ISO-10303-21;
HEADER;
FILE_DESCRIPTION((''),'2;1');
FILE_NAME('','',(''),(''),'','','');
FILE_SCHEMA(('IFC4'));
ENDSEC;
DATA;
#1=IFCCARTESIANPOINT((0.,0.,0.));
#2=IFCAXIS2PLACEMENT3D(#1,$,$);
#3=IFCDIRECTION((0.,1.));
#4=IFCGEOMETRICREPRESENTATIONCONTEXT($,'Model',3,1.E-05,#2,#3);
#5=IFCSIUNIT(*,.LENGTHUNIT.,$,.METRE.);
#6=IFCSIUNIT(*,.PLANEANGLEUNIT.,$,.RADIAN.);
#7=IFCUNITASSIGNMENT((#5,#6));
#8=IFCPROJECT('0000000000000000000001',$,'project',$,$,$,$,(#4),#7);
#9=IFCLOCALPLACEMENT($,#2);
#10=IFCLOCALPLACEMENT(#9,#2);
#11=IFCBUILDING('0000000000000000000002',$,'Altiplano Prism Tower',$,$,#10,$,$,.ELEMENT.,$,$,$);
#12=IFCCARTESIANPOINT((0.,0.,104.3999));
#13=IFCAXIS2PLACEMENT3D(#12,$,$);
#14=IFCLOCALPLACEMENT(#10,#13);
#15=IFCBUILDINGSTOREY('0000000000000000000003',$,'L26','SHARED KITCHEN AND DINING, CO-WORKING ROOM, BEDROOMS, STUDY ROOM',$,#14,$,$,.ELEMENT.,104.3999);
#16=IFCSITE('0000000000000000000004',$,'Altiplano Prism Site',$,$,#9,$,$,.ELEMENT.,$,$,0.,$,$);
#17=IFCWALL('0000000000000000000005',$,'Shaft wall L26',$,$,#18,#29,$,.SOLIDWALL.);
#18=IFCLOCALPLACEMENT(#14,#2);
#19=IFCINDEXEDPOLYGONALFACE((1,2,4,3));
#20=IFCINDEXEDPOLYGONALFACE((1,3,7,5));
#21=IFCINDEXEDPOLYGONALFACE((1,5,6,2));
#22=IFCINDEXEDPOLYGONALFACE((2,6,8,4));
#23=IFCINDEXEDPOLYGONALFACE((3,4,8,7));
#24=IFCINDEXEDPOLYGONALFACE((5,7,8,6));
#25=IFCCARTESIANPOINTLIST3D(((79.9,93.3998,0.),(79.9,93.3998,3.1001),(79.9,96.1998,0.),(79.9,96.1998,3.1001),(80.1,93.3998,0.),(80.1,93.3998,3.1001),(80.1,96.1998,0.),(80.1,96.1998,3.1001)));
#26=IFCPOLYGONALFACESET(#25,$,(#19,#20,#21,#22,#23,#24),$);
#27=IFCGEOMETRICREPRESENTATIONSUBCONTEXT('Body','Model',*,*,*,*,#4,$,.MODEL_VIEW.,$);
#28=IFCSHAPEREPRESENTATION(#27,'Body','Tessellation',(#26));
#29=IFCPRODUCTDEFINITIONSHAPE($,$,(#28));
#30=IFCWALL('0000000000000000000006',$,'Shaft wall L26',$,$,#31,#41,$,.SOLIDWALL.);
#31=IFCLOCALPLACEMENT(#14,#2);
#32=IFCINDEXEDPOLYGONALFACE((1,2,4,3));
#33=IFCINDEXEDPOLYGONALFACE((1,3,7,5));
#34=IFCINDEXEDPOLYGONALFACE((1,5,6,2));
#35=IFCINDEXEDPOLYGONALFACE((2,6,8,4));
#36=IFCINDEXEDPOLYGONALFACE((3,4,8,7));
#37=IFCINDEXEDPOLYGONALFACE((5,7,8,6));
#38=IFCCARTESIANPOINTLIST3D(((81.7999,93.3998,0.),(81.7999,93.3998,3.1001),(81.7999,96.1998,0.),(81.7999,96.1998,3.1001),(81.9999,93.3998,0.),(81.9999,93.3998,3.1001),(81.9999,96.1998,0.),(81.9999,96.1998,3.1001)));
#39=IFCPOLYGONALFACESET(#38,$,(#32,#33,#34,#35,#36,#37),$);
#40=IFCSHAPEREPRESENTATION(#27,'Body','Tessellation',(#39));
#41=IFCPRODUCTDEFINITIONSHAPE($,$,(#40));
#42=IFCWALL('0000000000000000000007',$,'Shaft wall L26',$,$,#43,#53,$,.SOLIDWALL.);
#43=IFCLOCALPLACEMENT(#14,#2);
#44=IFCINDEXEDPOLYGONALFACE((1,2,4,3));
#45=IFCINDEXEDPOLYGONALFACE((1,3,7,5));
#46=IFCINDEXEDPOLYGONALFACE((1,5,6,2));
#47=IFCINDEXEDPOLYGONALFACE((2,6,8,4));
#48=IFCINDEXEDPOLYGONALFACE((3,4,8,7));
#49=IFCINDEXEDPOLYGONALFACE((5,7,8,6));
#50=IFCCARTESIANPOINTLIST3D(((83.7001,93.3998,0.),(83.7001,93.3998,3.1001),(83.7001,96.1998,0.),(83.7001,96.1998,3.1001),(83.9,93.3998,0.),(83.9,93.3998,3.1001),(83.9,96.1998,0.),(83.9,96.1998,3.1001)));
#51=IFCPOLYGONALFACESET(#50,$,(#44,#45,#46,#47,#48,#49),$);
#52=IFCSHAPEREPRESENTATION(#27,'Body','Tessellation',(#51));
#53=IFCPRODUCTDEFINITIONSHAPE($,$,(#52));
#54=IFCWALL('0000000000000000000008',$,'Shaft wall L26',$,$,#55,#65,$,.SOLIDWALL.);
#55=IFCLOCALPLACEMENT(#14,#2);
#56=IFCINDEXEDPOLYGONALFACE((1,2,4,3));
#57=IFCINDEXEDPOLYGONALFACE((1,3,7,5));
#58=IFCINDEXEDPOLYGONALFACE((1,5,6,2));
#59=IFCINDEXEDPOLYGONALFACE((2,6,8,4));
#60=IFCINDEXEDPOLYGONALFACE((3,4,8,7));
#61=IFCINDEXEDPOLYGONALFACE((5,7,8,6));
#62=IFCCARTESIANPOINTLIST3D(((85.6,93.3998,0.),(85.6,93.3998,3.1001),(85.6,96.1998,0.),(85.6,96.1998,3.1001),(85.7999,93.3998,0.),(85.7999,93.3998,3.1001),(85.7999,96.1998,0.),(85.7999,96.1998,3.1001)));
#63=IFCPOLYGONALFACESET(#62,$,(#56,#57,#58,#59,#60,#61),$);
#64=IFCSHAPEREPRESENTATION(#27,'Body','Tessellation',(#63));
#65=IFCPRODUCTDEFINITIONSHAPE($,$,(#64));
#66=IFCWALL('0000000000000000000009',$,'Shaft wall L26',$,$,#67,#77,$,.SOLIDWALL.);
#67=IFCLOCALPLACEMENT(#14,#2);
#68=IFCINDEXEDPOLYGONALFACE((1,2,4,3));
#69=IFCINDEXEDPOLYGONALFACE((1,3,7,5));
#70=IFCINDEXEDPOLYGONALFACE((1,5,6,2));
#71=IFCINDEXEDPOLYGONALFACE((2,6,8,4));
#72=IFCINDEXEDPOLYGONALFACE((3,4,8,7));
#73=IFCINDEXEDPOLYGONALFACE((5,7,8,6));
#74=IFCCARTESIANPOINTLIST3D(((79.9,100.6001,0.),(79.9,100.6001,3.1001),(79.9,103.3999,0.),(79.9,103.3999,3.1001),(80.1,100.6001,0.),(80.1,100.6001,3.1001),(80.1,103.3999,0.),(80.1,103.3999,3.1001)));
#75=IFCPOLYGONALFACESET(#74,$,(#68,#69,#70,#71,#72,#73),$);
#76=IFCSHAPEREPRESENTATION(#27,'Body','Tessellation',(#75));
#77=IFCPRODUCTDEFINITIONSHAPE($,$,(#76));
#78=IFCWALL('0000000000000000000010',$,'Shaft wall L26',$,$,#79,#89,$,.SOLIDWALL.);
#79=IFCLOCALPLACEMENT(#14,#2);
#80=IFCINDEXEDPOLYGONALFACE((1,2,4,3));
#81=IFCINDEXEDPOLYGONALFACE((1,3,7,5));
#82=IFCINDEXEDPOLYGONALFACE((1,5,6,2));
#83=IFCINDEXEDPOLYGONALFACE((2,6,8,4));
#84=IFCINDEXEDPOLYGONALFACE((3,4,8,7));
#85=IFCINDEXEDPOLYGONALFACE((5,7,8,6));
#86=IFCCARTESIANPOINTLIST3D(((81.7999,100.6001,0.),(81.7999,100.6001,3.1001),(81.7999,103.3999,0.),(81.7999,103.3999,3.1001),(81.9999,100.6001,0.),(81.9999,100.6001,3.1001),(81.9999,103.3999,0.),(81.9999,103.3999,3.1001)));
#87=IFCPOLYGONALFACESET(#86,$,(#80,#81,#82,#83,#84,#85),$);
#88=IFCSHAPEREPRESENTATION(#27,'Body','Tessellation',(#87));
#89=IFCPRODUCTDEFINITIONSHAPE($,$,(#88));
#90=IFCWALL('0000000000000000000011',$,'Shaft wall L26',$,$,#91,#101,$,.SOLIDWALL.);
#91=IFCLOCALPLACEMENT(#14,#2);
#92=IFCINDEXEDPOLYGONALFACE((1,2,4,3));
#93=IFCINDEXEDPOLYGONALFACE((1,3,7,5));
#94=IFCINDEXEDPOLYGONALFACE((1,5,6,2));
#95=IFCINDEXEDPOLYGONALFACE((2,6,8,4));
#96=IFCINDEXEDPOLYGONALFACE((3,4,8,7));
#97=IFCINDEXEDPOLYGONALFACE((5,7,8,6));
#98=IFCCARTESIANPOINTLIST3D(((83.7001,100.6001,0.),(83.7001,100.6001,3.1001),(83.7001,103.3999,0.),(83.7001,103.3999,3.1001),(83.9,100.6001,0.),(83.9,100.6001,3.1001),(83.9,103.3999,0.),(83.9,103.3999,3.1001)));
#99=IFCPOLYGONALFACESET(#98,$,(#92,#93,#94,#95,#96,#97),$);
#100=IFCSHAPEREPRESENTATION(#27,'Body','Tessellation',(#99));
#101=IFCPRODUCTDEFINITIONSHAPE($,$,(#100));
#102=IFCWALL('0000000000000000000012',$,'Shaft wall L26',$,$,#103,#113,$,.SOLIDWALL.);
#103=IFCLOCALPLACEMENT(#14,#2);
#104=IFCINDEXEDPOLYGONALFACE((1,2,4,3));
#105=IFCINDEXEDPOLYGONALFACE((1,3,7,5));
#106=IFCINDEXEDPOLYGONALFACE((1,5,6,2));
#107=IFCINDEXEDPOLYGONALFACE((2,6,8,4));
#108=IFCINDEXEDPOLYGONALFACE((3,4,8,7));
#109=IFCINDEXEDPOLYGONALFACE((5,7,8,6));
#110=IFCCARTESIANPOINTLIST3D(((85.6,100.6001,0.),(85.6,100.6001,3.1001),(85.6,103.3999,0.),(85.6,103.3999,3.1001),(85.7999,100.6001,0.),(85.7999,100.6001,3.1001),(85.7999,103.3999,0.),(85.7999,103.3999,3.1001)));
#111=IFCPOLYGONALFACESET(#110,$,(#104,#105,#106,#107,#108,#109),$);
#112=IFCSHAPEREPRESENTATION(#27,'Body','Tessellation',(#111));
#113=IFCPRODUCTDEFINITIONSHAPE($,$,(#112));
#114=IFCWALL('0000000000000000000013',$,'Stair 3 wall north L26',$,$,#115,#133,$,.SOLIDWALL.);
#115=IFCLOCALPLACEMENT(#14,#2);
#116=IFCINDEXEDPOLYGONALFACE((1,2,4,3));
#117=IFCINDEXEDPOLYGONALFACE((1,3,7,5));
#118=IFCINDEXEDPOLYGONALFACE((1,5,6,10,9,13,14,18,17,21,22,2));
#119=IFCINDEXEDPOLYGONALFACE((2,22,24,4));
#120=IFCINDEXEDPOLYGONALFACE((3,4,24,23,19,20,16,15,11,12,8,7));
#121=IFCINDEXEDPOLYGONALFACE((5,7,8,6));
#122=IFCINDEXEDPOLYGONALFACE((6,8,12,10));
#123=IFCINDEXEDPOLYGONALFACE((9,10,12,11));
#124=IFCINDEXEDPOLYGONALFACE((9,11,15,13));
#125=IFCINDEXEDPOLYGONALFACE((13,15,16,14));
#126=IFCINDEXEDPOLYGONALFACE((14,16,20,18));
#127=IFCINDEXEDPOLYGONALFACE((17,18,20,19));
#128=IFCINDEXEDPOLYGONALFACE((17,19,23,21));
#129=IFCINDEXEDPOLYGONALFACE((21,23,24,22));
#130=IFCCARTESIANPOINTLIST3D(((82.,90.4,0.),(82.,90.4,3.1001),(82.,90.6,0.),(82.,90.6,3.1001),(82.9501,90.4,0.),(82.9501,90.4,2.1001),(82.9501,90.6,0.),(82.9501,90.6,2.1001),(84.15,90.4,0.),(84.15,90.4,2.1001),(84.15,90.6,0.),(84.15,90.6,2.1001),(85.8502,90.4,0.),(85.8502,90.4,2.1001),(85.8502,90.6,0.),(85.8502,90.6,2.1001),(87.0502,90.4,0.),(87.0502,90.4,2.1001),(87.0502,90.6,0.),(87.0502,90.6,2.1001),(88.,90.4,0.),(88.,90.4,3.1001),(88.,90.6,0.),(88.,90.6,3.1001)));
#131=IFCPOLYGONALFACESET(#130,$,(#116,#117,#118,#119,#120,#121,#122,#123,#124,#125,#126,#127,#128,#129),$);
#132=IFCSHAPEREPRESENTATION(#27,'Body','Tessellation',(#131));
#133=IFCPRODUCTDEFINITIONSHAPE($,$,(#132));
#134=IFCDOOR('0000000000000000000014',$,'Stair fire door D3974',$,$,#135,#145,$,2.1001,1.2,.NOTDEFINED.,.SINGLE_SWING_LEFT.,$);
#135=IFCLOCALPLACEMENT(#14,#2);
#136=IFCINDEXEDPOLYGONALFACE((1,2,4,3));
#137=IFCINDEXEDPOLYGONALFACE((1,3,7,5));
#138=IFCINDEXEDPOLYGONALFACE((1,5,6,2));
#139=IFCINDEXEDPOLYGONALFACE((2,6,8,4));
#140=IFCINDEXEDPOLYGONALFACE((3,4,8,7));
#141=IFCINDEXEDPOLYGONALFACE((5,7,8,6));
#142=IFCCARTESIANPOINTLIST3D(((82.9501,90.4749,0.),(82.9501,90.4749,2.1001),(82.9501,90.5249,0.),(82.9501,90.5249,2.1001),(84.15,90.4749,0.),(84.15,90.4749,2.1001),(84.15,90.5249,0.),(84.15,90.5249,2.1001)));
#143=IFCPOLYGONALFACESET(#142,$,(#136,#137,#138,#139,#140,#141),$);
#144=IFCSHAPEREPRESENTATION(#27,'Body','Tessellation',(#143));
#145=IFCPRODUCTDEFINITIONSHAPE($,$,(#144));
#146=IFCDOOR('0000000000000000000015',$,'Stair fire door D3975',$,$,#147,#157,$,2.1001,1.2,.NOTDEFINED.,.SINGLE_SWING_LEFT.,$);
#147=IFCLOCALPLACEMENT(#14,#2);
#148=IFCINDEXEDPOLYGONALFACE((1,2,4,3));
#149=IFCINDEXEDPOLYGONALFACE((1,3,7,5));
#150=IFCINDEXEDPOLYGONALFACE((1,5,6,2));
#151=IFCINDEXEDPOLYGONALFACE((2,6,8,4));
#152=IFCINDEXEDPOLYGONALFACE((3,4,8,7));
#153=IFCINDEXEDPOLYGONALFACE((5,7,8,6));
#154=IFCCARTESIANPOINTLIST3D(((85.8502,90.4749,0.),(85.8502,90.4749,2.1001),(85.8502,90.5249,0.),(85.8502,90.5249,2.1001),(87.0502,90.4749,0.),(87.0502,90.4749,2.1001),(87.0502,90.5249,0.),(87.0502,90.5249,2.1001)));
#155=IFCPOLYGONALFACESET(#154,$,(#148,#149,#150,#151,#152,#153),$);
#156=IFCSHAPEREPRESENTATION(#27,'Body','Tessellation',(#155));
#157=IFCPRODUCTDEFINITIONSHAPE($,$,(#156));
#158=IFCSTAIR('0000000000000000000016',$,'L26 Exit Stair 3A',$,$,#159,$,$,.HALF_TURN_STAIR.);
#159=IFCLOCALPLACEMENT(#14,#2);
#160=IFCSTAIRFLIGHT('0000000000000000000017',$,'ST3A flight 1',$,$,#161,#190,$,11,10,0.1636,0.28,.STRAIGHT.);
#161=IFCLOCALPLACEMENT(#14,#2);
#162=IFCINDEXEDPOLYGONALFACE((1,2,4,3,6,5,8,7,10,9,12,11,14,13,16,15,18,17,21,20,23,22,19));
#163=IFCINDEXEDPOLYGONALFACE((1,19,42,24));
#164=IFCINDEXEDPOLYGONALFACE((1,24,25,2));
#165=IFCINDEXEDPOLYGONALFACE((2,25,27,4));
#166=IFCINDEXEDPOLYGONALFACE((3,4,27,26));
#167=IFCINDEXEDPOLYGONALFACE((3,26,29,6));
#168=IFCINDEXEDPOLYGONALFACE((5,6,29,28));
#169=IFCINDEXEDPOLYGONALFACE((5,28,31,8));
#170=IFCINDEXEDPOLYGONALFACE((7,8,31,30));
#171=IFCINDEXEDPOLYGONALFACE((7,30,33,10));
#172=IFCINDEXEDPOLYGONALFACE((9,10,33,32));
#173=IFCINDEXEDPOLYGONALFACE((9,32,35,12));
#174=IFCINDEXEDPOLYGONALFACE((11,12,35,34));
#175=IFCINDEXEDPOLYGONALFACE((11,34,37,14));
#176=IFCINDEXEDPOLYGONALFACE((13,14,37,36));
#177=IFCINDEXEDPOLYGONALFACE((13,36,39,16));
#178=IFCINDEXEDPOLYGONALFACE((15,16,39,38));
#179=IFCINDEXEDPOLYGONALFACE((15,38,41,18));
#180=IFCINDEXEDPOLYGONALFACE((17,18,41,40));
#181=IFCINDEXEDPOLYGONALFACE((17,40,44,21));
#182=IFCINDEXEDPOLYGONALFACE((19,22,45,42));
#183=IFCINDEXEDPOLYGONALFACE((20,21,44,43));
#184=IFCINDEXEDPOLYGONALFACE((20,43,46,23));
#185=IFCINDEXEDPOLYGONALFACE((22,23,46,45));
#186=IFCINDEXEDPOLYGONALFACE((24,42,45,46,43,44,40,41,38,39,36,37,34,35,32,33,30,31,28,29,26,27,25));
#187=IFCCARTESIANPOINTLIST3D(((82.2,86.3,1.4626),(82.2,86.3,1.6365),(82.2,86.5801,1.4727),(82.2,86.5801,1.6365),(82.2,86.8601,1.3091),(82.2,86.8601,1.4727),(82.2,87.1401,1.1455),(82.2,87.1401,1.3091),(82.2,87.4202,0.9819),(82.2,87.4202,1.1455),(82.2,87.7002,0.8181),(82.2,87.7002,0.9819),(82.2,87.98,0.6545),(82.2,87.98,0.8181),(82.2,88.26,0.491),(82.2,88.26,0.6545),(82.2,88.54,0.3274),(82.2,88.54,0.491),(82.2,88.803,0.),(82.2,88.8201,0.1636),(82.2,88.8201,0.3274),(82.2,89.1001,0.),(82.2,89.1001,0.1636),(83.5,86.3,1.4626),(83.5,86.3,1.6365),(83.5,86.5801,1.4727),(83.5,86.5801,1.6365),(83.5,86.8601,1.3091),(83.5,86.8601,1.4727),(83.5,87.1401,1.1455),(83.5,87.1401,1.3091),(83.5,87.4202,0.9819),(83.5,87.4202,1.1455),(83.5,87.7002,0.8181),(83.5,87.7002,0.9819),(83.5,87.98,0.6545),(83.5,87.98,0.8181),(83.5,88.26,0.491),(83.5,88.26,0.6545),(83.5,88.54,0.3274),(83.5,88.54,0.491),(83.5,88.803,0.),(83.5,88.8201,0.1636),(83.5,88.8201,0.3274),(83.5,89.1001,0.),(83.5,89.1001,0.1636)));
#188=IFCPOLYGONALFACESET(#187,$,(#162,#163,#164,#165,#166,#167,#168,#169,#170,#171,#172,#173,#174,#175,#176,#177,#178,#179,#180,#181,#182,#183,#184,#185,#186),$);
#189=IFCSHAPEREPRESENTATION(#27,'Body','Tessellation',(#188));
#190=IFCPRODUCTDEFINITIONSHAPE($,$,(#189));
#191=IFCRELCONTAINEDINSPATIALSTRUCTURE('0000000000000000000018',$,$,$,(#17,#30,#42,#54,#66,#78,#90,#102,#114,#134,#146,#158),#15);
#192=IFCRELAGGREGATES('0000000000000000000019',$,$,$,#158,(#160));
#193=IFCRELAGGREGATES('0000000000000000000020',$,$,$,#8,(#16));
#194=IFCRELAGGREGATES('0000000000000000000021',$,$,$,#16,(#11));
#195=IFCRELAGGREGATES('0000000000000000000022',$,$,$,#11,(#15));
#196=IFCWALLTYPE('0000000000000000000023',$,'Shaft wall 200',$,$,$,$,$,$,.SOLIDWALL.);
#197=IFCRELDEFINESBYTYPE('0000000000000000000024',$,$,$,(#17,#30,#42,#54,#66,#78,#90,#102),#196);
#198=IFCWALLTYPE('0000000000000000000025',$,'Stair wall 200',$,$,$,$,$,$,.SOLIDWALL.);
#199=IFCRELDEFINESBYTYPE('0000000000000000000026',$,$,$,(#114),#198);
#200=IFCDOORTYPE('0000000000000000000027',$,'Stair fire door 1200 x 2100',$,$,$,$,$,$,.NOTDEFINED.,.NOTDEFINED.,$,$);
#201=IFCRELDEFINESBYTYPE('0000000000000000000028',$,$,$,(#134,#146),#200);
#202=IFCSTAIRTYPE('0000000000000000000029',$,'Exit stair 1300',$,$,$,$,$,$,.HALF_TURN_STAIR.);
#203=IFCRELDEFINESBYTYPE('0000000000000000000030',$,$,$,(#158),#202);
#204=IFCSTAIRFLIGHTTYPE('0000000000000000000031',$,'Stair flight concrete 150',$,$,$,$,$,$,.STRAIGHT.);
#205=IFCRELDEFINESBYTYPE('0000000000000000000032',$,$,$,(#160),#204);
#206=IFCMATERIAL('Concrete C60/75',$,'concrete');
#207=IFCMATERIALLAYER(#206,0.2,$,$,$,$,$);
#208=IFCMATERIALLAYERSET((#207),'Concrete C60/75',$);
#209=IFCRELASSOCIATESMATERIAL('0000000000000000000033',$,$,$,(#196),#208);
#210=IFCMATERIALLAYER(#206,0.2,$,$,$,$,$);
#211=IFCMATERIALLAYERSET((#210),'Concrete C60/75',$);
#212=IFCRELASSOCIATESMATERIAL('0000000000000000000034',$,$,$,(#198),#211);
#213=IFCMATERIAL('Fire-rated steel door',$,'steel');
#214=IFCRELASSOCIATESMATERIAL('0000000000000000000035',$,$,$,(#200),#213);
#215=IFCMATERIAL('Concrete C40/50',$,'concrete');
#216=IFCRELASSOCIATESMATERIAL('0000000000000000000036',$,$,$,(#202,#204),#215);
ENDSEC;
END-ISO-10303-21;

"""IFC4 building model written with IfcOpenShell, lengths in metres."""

from ifc_helpers import new_model, si_unit, direction, frame, frame_2d, origin, place, context, subcontext, project, spatial, polyline, rectangle, outline, extrude, material, layer, layer_set, type_object, element, fill, aggregate, save


model = new_model("IFC4")

# Units and contexts
model_context = context("Model", 3, precision=1e-05, world=origin(), true_north=direction((0.0, 1.0)))
body_context = subcontext(model_context, "Body", "Model", "MODEL_VIEW")
ifc_project = project(units=[si_unit("LENGTHUNIT", "METRE"), si_unit("PLANEANGLEUNIT", "RADIAN")], contexts=[model_context])

# Site, building, storey
site_placement = place(None, origin())
site = spatial("IfcSite", under=ifc_project, at=site_placement, Name="Altiplano Prism Site", CompositionType="ELEMENT", RefElevation=0.0)
building_placement = place(site_placement, origin())
building = spatial("IfcBuilding", under=site, at=building_placement, Name="Altiplano Prism Tower", CompositionType="ELEMENT")
storey_placement = place(building_placement, frame((0.0, 0.0, 104.3999)))
storey = spatial("IfcBuildingStorey", under=building, at=storey_placement, Name="L26", Description="SHARED KITCHEN AND DINING, CO-WORKING ROOM, BEDROOMS, STUDY ROOM", CompositionType="ELEMENT", Elevation=104.3999)

# Walls
ifc_material_1 = material(Name="Concrete C60/75", Category="concrete")
ifc_layer_1 = layer(ifc_material_1, 0.2)
ifc_layer_set_1 = layer_set([ifc_layer_1], Name="Concrete C60/75")
wall_type_1 = type_object("IfcWallType", Name="Shaft wall 200", PredefinedType="SOLIDWALL", material=ifc_layer_set_1)
for number, where, z_axis, x_axis, name in (
    (1, (80.0, 93.3999, 0.0), (0.0, 0.0, 1.0), (0.0, 1.0, 0.0), "Shaft wall L26"),
    (2, (81.8999, 93.3999, 0.0), (0.0, 0.0, 1.0), (0.0, 1.0, 0.0), "Shaft wall L26"),
    (3, (83.8, 93.3999, 0.0), (0.0, 0.0, 1.0), (0.0, 1.0, 0.0), "Shaft wall L26"),
    (4, (85.7, 93.3999, 0.0), (0.0, 0.0, 1.0), (0.0, 1.0, 0.0), "Shaft wall L26"),
):
    element("IfcWall", number, at=place(storey_placement, frame(where, z_axis=z_axis, x_axis=x_axis)), inside=storey, type_object=wall_type_1, Name=name, PredefinedType="SOLIDWALL", context=body_context, shape_type="SweptSolid", body=[
        extrude(rectangle(XDim=2.8, YDim=0.2, at=frame_2d((1.3999, 0.0))), origin(), (0.0, 0.0, 1.0), 3.1001),
    ])
for number, where, z_axis, x_axis, name in (
    (5, (80.0, 100.6001, 0.0), (0.0, 0.0, 1.0), (0.0, 1.0, 0.0), "Shaft wall L26"),
    (6, (81.8999, 100.6001, 0.0), (0.0, 0.0, 1.0), (0.0, 1.0, 0.0), "Shaft wall L26"),
    (7, (83.8, 100.6001, 0.0), (0.0, 0.0, 1.0), (0.0, 1.0, 0.0), "Shaft wall L26"),
    (8, (85.7, 100.6001, 0.0), (0.0, 0.0, 1.0), (0.0, 1.0, 0.0), "Shaft wall L26"),
):
    element("IfcWall", number, at=place(storey_placement, frame(where, z_axis=z_axis, x_axis=x_axis)), inside=storey, type_object=wall_type_1, Name=name, PredefinedType="SOLIDWALL", context=body_context, shape_type="SweptSolid", body=[
        extrude(rectangle(XDim=2.7998, YDim=0.2, at=frame_2d((1.3999, 0.0))), origin(), (0.0, 0.0, 1.0), 3.1001),
    ])

# Wall, openings, doors
ifc_layer_2 = layer(ifc_material_1, 0.2)
ifc_layer_set_2 = layer_set([ifc_layer_2], Name="Concrete C60/75")
wall_type_2 = type_object("IfcWallType", Name="Stair wall 200", PredefinedType="SOLIDWALL", material=ifc_layer_set_2)
wall_placement = place(storey_placement, frame((82.0, 90.5, 0.0), z_axis=(0.0, 0.0, 1.0), x_axis=(1.0, 0.0, 0.0)))
wall = element("IfcWall", 9, at=wall_placement, inside=storey, type_object=wall_type_2, Name="Stair 3 wall north L26", PredefinedType="SOLIDWALL", context=body_context, shape_type="SweptSolid", body=[
    extrude(rectangle(XDim=6.0, YDim=0.2, at=frame_2d((3.0, 0.0))), origin(), (0.0, 0.0, 1.0), 3.1001),
])
opening_1_placement = place(wall_placement, frame((0.95, 0.0, 0.0)))
opening_1 = element("IfcOpeningElement", 10, at=opening_1_placement, cuts=wall, PredefinedType="OPENING", context=body_context, shape_type="SweptSolid", body=[
    extrude(rectangle(XDim=1.2, YDim=2.1001, at=frame_2d((0.6001, 1.05))), frame((0.0, 0.1104, 0.0), z_axis=(0.0, -1.0, 0.0), x_axis=(1.0, 0.0, 0.0)), (0.0, 0.0, 1.0), 0.2209),
])
opening_2_placement = place(wall_placement, frame((3.8501, 0.0, 0.0)))
opening_2 = element("IfcOpeningElement", 11, at=opening_2_placement, cuts=wall, PredefinedType="OPENING", context=body_context, shape_type="SweptSolid", body=[
    extrude(rectangle(XDim=1.2, YDim=2.1001, at=frame_2d((0.6001, 1.05))), frame((0.0, 0.1104, 0.0), z_axis=(0.0, -1.0, 0.0), x_axis=(1.0, 0.0, 0.0)), (0.0, 0.0, 1.0), 0.2209),
])
ifc_material_2 = material(Name="Fire-rated steel door", Category="steel")
door_type = type_object("IfcDoorType", Name="Stair fire door 1200 x 2100", OperationType="NOTDEFINED", PredefinedType="NOTDEFINED", material=ifc_material_2)
door_1_placement = place(opening_1_placement, origin())
door_1 = element("IfcDoor", 12, at=door_1_placement, inside=storey, type_object=door_type, Name="Stair fire door D3974", OperationType="SINGLE_SWING_LEFT", OverallHeight=2.1001, OverallWidth=1.2, PredefinedType="NOTDEFINED", context=body_context, shape_type="SweptSolid", body=[
    extrude(rectangle(XDim=1.2, YDim=2.1001, at=frame_2d((0.6001, 1.05))), frame((0.0, 0.0249, 0.0), z_axis=(0.0, -1.0, 0.0), x_axis=(1.0, 0.0, 0.0)), (0.0, 0.0, 1.0), 0.05),
])
fill(opening_1, door_1)
door_2_placement = place(opening_2_placement, origin())
door_2 = element("IfcDoor", 13, at=door_2_placement, inside=storey, type_object=door_type, Name="Stair fire door D3975", OperationType="SINGLE_SWING_LEFT", OverallHeight=2.1001, OverallWidth=1.2, PredefinedType="NOTDEFINED", context=body_context, shape_type="SweptSolid", body=[
    extrude(rectangle(XDim=1.2, YDim=2.1001, at=frame_2d((0.6001, 1.05))), frame((0.0, 0.0249, 0.0), z_axis=(0.0, -1.0, 0.0), x_axis=(1.0, 0.0, 0.0)), (0.0, 0.0, 1.0), 0.05),
])
fill(opening_2, door_2)

# Stair, stair flight
ifc_material_3 = material(Name="Concrete C40/50", Category="concrete")
stair_type = type_object("IfcStairType", Name="Exit stair 1300", PredefinedType="HALF_TURN_STAIR", material=ifc_material_3)
stair_1_placement = place(storey_placement, origin())
stair_1 = element("IfcStair", 14, at=stair_1_placement, inside=storey, type_object=stair_type, Name="L26 Exit Stair 3A", PredefinedType="HALF_TURN_STAIR")
stair_flight_type = type_object("IfcStairFlightType", Name="Stair flight concrete 150", PredefinedType="STRAIGHT", material=ifc_material_3)
stair_flight_1_placement = place(storey_placement, frame((82.8501, 89.1001, 0.0), z_axis=(0.0, 0.0, 1.0), x_axis=(0.0, -1.0, 0.0)))
stair_flight_1 = element("IfcStairFlight", 15, at=stair_flight_1_placement, type_object=stair_flight_type, Name="ST3A flight 1", NumberOfRisers=11, NumberOfTreads=10, PredefinedType="STRAIGHT", RiserHeight=0.1636, TreadLength=0.28, context=body_context, shape_type="SweptSolid", body=[
    extrude(outline(polyline([(0.0, 0.0), (0.0, 0.1636), (0.28, 0.1636), (0.28, 0.3274), (0.5601, 0.3274), (0.5601, 0.491), (0.8401, 0.491), (0.8401, 0.6545), (1.1201, 0.6545), (1.1201, 0.8181), (1.3999, 0.8181), (1.3999, 0.9819), (1.6799, 0.9819), (1.6799, 1.1455), (1.96, 1.1455), (1.96, 1.3091), (2.24, 1.3091), (2.24, 1.4727), (2.52, 1.4727), (2.52, 1.6365), (2.8, 1.6365), (2.8, 1.8), (2.8, 1.4626), (0.2971, 0.0), (0.0, 0.0)])), frame((0.0, 0.6499, 0.0), z_axis=(0.0, -1.0, 0.0), x_axis=(1.0, 0.0, 0.0)), (0.0, 0.0, 1.0), 1.3),
])
aggregate(stair_1, [stair_flight_1])

save(model, "model.ifc")
